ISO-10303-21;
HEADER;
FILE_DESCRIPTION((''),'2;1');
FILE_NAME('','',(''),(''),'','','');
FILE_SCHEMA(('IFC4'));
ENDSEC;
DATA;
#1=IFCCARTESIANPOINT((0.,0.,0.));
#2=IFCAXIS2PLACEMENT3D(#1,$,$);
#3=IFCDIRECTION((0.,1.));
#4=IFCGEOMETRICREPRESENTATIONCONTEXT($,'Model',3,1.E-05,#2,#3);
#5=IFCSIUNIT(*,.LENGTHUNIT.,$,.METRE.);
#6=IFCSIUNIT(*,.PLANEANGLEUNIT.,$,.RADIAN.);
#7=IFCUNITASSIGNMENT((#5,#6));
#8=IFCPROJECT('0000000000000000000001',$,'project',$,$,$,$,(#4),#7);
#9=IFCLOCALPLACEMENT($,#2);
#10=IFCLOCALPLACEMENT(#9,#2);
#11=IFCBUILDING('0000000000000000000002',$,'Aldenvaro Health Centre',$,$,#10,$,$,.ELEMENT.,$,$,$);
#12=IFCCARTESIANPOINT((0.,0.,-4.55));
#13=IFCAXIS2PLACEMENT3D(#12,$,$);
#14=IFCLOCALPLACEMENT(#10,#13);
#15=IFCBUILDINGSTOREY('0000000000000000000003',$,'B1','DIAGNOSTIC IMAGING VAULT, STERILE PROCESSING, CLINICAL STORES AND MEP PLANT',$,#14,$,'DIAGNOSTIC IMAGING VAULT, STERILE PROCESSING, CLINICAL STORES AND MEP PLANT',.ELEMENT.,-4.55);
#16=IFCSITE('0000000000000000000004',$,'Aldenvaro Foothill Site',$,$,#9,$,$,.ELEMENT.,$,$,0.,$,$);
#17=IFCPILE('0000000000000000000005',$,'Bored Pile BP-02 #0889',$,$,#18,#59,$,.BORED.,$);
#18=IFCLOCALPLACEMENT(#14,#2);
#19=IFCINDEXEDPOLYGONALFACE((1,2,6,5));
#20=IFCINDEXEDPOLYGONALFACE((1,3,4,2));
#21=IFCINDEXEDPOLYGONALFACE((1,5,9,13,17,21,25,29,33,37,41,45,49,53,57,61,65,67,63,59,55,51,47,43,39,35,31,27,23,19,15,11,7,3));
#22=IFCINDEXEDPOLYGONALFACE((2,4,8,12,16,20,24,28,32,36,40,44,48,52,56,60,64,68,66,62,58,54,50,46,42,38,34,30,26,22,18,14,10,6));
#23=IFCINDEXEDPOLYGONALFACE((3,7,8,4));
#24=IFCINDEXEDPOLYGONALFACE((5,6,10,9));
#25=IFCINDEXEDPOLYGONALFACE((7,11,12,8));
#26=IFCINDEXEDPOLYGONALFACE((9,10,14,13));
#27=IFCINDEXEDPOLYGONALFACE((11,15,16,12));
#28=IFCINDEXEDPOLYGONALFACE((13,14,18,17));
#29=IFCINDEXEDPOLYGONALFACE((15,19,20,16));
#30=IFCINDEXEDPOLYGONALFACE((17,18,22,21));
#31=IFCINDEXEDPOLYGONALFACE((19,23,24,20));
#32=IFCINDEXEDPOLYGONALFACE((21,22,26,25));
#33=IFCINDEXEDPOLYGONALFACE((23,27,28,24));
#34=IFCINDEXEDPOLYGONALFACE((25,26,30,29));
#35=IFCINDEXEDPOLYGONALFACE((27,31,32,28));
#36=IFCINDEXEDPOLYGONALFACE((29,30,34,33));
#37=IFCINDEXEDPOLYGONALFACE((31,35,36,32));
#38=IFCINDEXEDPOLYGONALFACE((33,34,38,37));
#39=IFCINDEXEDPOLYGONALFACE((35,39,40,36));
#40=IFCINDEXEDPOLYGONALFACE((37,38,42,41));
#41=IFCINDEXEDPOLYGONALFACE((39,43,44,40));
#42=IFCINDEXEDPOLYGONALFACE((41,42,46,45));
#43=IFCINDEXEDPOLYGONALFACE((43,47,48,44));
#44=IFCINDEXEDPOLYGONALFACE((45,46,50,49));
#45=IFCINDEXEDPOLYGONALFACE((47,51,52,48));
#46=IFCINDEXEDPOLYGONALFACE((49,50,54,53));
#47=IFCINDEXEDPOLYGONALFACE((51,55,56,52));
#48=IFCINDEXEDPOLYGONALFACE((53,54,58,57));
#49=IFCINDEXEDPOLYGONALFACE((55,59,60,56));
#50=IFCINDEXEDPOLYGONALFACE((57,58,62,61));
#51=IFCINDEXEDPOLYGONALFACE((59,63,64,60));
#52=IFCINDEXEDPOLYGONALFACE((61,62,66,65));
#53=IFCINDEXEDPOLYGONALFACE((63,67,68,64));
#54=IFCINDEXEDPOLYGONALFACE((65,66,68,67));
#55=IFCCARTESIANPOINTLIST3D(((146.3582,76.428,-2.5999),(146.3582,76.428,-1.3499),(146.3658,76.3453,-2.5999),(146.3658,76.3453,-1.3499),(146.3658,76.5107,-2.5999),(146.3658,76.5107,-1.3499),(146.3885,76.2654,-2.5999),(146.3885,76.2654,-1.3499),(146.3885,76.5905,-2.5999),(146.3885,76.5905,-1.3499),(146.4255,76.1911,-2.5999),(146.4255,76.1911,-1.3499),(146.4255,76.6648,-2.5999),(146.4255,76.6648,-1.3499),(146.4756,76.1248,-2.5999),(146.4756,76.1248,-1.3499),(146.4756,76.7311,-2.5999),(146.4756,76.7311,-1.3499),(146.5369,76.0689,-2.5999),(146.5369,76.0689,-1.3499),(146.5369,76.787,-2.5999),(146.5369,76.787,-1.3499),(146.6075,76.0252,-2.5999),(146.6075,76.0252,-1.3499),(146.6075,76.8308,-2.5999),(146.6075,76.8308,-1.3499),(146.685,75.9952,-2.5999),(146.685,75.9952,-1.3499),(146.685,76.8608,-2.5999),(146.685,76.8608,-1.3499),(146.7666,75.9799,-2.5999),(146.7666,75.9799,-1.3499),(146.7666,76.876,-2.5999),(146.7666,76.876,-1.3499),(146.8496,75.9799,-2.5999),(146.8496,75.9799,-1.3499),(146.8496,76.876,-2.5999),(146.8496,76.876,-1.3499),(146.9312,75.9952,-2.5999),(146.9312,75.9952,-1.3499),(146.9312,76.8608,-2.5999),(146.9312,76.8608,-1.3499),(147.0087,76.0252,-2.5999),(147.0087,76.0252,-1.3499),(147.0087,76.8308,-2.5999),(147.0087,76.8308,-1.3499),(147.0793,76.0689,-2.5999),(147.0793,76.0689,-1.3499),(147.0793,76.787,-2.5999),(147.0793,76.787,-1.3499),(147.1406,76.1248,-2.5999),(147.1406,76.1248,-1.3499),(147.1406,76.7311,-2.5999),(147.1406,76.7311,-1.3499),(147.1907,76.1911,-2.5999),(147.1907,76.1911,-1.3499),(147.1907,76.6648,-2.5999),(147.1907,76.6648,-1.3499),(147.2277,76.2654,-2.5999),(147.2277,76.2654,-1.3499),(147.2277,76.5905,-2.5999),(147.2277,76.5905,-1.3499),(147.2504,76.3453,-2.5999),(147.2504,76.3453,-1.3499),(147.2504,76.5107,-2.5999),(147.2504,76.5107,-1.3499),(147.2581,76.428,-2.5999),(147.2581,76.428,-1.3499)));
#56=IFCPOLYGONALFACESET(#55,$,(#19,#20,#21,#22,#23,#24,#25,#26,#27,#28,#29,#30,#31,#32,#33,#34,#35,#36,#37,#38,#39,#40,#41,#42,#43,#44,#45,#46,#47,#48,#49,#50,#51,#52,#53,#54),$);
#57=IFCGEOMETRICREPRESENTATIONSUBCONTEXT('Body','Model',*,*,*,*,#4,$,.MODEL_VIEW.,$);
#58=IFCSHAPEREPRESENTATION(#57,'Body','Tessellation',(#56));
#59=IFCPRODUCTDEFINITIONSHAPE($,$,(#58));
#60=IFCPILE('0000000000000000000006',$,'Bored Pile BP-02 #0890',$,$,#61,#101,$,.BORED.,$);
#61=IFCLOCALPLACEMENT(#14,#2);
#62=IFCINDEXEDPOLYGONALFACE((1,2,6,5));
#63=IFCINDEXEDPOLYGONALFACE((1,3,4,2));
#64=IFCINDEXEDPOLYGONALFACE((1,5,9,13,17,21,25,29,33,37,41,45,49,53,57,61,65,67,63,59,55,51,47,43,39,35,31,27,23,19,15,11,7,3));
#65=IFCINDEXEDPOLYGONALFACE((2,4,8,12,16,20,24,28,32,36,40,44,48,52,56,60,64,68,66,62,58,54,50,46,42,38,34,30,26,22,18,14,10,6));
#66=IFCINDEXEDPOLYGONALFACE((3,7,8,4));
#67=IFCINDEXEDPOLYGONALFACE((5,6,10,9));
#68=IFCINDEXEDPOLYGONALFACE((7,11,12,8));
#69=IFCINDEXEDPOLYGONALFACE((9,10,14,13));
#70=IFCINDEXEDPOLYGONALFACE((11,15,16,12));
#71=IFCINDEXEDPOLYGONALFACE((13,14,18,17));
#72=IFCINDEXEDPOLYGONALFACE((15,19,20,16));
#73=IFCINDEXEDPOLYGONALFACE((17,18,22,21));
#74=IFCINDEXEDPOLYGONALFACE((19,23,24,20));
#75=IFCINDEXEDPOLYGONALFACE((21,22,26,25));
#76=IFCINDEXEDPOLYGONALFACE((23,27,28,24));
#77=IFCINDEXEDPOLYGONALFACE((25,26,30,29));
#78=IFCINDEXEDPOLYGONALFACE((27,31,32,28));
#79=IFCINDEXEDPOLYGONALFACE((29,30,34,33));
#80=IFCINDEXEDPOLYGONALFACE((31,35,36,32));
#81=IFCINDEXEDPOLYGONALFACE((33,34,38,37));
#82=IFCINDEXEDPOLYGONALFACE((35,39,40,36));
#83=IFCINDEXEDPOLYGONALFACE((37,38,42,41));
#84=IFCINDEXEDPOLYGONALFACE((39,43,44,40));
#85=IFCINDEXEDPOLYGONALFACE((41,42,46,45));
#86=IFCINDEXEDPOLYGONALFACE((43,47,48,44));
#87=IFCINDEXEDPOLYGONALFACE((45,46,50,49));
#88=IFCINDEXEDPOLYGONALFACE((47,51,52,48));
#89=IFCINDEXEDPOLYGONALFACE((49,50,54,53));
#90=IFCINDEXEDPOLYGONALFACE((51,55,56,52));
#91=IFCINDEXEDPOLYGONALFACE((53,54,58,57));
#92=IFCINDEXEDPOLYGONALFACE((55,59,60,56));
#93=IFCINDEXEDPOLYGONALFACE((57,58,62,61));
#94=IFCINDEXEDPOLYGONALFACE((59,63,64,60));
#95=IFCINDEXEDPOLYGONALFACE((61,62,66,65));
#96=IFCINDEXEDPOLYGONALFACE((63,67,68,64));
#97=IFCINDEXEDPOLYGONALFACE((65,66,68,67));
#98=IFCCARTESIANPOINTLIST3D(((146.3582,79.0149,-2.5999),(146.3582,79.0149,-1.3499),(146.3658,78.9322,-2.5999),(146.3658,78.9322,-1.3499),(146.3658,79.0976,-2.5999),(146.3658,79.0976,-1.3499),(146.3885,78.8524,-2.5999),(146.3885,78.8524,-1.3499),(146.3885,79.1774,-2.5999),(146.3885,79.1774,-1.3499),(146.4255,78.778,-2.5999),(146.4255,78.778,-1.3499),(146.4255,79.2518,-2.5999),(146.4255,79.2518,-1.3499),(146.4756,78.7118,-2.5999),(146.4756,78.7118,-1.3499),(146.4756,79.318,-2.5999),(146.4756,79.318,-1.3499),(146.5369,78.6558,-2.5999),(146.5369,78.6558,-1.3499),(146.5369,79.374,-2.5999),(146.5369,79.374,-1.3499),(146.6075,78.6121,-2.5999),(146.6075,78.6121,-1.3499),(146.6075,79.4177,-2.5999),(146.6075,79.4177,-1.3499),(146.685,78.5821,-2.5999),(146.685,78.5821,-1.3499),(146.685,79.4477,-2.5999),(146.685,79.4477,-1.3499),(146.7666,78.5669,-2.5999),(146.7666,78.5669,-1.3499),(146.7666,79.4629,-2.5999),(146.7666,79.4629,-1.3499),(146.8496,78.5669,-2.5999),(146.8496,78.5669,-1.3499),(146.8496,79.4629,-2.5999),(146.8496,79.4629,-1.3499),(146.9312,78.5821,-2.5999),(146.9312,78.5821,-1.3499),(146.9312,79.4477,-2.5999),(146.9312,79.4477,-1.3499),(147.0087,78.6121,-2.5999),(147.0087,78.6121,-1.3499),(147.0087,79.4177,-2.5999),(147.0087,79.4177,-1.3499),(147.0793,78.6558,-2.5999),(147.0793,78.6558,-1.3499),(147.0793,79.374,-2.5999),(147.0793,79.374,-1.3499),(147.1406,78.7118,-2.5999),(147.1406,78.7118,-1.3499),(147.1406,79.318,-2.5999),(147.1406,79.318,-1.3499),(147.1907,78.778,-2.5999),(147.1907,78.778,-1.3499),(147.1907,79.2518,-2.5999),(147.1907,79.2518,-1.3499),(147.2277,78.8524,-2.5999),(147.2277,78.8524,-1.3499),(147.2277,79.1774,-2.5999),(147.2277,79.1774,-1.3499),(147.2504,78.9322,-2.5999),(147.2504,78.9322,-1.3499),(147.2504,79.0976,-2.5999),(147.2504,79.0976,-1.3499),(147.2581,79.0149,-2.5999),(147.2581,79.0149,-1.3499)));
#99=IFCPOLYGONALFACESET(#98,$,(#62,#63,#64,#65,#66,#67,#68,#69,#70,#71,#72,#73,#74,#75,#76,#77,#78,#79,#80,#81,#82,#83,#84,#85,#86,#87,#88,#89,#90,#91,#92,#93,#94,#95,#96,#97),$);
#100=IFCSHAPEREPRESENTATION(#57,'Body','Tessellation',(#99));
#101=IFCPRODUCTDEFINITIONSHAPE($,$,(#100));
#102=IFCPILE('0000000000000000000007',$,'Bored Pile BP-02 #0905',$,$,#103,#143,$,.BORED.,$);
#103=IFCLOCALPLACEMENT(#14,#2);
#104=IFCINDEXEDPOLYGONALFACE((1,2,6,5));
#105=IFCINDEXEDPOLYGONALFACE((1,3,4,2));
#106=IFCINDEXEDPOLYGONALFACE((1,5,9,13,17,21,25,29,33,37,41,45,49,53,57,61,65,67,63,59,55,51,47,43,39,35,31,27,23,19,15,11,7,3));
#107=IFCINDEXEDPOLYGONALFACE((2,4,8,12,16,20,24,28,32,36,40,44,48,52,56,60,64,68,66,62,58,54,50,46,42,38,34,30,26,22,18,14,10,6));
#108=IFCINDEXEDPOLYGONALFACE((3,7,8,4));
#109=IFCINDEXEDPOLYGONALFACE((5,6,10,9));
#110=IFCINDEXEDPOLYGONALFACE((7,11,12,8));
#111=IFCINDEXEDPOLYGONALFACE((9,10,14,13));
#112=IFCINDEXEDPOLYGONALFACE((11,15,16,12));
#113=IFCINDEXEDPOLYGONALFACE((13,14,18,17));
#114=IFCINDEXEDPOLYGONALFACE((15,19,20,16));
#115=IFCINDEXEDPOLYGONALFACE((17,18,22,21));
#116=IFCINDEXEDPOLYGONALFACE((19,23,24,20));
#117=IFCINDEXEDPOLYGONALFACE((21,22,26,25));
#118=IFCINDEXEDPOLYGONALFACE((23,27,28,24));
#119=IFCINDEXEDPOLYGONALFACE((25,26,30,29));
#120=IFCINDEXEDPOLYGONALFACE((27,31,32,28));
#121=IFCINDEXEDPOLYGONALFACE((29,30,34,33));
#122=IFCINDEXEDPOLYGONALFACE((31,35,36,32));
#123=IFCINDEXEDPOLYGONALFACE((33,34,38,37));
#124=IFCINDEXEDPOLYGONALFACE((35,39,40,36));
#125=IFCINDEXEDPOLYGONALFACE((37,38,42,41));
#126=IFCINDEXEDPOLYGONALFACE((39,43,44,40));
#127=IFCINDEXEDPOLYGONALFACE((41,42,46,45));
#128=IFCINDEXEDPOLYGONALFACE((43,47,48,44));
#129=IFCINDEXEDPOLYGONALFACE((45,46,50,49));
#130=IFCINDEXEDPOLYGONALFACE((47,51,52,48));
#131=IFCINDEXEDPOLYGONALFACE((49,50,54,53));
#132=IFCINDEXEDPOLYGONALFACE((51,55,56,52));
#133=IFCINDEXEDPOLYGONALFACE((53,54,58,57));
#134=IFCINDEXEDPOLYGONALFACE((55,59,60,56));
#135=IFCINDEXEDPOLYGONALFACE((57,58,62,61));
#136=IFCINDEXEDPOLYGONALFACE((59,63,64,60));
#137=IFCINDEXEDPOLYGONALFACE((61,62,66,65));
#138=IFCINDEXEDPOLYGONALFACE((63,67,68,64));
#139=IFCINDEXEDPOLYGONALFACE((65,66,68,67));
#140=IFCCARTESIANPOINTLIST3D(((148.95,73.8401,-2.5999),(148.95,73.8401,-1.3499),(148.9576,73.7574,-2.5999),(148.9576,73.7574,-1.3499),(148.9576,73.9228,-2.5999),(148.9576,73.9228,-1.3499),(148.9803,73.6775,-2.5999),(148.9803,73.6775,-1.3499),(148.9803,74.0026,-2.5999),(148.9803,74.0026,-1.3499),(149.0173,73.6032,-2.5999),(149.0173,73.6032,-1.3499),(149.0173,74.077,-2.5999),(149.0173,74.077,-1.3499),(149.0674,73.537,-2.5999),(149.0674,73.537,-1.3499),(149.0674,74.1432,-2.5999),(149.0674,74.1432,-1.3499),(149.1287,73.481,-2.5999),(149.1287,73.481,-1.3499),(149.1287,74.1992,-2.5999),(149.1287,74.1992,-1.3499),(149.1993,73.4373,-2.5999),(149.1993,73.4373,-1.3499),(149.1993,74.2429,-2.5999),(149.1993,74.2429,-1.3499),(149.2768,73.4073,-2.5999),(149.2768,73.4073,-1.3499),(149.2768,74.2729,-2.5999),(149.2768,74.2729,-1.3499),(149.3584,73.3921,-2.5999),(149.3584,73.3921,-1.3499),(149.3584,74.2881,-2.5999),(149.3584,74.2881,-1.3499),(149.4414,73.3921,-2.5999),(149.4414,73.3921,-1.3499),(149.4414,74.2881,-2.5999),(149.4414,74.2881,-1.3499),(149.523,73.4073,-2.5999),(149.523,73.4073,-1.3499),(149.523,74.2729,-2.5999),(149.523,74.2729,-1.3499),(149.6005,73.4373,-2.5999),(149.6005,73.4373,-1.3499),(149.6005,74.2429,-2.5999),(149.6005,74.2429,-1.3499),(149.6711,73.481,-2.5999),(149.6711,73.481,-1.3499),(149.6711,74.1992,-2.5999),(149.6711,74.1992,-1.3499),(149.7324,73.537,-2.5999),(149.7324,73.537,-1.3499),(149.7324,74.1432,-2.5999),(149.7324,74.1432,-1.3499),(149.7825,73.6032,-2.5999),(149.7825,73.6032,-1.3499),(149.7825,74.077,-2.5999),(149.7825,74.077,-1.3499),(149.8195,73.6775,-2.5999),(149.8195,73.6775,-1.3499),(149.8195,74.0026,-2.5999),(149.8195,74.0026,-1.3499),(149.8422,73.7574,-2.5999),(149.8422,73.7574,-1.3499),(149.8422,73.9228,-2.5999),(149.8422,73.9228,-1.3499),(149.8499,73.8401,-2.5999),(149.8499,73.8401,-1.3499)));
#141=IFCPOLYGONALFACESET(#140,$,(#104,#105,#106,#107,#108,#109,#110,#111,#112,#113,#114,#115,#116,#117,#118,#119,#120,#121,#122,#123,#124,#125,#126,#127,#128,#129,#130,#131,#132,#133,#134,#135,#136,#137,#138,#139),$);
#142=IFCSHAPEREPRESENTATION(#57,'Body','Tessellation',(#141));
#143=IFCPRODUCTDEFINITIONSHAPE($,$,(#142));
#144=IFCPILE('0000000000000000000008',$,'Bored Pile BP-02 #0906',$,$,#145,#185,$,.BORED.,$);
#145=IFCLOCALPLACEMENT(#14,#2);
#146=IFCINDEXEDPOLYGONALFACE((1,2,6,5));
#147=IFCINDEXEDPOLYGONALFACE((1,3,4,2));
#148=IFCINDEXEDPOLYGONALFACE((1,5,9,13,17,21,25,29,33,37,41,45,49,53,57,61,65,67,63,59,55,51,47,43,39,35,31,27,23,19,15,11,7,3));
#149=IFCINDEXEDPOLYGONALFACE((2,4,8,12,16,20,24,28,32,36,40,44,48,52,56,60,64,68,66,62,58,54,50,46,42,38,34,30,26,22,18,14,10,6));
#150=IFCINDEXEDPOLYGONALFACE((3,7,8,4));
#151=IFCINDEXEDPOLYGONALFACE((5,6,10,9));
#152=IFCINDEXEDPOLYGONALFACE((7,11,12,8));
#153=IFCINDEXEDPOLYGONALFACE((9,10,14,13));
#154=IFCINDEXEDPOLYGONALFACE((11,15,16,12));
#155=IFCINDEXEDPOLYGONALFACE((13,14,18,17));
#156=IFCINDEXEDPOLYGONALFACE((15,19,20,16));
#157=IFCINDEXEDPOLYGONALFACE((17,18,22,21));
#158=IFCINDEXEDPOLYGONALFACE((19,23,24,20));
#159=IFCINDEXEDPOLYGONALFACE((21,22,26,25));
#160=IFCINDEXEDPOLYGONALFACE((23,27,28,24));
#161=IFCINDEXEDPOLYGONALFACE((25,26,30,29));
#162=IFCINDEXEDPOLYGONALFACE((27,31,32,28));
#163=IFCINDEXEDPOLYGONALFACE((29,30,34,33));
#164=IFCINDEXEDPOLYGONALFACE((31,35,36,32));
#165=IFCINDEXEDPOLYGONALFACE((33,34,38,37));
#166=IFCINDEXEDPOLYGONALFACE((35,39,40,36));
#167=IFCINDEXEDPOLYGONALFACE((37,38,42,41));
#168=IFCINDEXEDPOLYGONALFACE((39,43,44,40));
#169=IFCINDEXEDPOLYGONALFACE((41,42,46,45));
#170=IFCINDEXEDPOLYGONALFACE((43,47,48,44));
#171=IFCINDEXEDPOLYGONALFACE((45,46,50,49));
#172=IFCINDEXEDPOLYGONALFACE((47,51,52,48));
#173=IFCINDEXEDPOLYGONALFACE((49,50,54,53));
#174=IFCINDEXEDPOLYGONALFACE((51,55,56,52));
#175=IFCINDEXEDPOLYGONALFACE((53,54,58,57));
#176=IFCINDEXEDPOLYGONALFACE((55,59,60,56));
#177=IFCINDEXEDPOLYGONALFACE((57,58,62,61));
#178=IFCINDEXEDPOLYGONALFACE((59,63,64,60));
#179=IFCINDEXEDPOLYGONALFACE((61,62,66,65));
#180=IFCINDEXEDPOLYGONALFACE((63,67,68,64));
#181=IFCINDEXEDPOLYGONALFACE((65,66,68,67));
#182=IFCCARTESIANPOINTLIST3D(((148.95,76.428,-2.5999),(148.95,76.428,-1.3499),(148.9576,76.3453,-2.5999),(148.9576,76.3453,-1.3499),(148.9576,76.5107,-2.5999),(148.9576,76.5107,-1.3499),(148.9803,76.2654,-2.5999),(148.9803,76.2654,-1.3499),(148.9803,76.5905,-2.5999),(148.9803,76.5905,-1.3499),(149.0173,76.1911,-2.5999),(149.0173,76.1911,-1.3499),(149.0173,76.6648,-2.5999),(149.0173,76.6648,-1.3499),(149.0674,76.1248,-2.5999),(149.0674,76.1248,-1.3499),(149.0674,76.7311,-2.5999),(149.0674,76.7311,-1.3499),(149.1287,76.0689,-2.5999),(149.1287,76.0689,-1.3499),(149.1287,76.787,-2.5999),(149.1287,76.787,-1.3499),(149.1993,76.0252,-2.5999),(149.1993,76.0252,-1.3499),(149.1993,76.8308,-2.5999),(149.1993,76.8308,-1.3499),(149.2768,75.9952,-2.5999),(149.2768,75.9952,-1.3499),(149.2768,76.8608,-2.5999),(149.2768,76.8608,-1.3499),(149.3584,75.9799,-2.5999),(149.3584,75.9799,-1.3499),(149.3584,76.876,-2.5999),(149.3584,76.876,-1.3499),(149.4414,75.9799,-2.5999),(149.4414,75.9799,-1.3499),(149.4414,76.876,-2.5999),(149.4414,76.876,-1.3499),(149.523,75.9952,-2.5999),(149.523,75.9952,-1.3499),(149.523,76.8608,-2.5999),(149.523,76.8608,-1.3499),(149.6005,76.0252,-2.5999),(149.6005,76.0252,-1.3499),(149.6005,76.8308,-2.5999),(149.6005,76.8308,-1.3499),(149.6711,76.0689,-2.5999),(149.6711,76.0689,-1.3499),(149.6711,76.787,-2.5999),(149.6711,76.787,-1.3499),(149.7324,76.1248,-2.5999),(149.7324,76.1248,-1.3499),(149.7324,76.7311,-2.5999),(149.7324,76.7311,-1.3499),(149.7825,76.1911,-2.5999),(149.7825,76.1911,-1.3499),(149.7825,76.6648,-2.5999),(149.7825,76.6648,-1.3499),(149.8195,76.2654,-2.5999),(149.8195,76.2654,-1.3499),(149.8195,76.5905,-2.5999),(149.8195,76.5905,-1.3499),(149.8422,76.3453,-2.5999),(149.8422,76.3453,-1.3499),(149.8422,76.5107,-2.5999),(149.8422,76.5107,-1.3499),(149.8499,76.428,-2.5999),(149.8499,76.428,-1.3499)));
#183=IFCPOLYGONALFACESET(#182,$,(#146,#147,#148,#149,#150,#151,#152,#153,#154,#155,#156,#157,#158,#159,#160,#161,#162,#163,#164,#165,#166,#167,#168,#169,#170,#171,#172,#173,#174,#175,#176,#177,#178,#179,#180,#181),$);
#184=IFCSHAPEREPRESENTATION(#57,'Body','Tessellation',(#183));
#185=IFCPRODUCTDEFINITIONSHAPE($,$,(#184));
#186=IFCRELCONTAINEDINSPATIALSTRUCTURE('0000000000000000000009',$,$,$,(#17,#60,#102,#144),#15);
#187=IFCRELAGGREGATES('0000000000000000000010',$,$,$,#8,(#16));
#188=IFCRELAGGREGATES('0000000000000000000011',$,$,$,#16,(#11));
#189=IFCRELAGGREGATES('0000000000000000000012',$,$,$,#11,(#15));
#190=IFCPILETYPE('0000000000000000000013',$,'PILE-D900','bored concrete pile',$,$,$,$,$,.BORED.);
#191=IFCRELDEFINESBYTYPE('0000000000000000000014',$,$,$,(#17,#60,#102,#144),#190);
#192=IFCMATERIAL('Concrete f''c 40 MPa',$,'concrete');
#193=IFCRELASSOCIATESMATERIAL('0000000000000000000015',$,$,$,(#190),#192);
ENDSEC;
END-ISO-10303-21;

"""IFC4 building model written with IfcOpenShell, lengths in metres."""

from ifc_helpers import new_model, si_unit, direction, frame, origin, origin_2d, place, context, subcontext, project, spatial, circle, extrude, material, material_profile, profile_set, type_object, element, save


model = new_model("IFC4")

# Units and contexts
model_context = context("Model", 3, precision=1e-05, world=origin(), true_north=direction((0.0, 1.0)))
body_context = subcontext(model_context, "Body", "Model", "MODEL_VIEW")
ifc_project = project(units=[si_unit("LENGTHUNIT", "METRE"), si_unit("PLANEANGLEUNIT", "RADIAN")], contexts=[model_context])

# Site, building, storey
site_placement = place(None, origin())
site = spatial("IfcSite", under=ifc_project, at=site_placement, Name="Aldenvaro Foothill Site", CompositionType="ELEMENT", RefElevation=0.0)
building_placement = place(site_placement, origin())
building = spatial("IfcBuilding", under=site, at=building_placement, Name="Aldenvaro Health Centre", CompositionType="ELEMENT")
storey_placement = place(building_placement, frame((0.0, 0.0, -4.55)))
storey = spatial("IfcBuildingStorey", under=building, at=storey_placement, Name="B1", Description="DIAGNOSTIC IMAGING VAULT, STERILE PROCESSING, CLINICAL STORES AND MEP PLANT", LongName="DIAGNOSTIC IMAGING VAULT, STERILE PROCESSING, CLINICAL STORES AND MEP PLANT", CompositionType="ELEMENT", Elevation=-4.55)

# Piles
ifc_material_1 = material(Name="Concrete f'c 40 MPa", Category="concrete")
ifc_material_profile_1 = material_profile(ifc_material_1, circle(Radius=0.45, at=origin_2d()), Name="PILE D900", Category="concrete")
ifc_profile_set_1 = profile_set([ifc_material_profile_1], Name="Concrete f'c 40 MPa")
pile_type = type_object("IfcPileType", Name="PILE-D900", Description="bored concrete pile", PredefinedType="BORED", material=ifc_profile_set_1)
for number, where, z_axis, x_axis, name in (
    (1, (146.8081, 76.428, -1.3499), (0.0, 0.0, -1.0), (1.0, 0.0, 0.0), "Bored Pile BP-02 #0889"),
    (2, (146.8081, 79.0149, -1.3499), (0.0, 0.0, -1.0), (1.0, 0.0, 0.0), "Bored Pile BP-02 #0890"),
    (3, (149.3999, 73.8401, -1.3499), (0.0, 0.0, -1.0), (1.0, 0.0, 0.0), "Bored Pile BP-02 #0905"),
    (4, (149.3999, 76.428, -1.3499), (0.0, 0.0, -1.0), (1.0, 0.0, 0.0), "Bored Pile BP-02 #0906"),
):
    element("IfcPile", number, at=place(storey_placement, frame(where, z_axis=z_axis, x_axis=x_axis)), inside=storey, type_object=pile_type, Name=name, PredefinedType="BORED", context=body_context, shape_type="SweptSolid", body=[
        extrude(circle(Radius=0.45, at=origin_2d()), origin(), (0.0, 0.0, 1.0), 1.25),
    ])

save(model, "model.ifc")
